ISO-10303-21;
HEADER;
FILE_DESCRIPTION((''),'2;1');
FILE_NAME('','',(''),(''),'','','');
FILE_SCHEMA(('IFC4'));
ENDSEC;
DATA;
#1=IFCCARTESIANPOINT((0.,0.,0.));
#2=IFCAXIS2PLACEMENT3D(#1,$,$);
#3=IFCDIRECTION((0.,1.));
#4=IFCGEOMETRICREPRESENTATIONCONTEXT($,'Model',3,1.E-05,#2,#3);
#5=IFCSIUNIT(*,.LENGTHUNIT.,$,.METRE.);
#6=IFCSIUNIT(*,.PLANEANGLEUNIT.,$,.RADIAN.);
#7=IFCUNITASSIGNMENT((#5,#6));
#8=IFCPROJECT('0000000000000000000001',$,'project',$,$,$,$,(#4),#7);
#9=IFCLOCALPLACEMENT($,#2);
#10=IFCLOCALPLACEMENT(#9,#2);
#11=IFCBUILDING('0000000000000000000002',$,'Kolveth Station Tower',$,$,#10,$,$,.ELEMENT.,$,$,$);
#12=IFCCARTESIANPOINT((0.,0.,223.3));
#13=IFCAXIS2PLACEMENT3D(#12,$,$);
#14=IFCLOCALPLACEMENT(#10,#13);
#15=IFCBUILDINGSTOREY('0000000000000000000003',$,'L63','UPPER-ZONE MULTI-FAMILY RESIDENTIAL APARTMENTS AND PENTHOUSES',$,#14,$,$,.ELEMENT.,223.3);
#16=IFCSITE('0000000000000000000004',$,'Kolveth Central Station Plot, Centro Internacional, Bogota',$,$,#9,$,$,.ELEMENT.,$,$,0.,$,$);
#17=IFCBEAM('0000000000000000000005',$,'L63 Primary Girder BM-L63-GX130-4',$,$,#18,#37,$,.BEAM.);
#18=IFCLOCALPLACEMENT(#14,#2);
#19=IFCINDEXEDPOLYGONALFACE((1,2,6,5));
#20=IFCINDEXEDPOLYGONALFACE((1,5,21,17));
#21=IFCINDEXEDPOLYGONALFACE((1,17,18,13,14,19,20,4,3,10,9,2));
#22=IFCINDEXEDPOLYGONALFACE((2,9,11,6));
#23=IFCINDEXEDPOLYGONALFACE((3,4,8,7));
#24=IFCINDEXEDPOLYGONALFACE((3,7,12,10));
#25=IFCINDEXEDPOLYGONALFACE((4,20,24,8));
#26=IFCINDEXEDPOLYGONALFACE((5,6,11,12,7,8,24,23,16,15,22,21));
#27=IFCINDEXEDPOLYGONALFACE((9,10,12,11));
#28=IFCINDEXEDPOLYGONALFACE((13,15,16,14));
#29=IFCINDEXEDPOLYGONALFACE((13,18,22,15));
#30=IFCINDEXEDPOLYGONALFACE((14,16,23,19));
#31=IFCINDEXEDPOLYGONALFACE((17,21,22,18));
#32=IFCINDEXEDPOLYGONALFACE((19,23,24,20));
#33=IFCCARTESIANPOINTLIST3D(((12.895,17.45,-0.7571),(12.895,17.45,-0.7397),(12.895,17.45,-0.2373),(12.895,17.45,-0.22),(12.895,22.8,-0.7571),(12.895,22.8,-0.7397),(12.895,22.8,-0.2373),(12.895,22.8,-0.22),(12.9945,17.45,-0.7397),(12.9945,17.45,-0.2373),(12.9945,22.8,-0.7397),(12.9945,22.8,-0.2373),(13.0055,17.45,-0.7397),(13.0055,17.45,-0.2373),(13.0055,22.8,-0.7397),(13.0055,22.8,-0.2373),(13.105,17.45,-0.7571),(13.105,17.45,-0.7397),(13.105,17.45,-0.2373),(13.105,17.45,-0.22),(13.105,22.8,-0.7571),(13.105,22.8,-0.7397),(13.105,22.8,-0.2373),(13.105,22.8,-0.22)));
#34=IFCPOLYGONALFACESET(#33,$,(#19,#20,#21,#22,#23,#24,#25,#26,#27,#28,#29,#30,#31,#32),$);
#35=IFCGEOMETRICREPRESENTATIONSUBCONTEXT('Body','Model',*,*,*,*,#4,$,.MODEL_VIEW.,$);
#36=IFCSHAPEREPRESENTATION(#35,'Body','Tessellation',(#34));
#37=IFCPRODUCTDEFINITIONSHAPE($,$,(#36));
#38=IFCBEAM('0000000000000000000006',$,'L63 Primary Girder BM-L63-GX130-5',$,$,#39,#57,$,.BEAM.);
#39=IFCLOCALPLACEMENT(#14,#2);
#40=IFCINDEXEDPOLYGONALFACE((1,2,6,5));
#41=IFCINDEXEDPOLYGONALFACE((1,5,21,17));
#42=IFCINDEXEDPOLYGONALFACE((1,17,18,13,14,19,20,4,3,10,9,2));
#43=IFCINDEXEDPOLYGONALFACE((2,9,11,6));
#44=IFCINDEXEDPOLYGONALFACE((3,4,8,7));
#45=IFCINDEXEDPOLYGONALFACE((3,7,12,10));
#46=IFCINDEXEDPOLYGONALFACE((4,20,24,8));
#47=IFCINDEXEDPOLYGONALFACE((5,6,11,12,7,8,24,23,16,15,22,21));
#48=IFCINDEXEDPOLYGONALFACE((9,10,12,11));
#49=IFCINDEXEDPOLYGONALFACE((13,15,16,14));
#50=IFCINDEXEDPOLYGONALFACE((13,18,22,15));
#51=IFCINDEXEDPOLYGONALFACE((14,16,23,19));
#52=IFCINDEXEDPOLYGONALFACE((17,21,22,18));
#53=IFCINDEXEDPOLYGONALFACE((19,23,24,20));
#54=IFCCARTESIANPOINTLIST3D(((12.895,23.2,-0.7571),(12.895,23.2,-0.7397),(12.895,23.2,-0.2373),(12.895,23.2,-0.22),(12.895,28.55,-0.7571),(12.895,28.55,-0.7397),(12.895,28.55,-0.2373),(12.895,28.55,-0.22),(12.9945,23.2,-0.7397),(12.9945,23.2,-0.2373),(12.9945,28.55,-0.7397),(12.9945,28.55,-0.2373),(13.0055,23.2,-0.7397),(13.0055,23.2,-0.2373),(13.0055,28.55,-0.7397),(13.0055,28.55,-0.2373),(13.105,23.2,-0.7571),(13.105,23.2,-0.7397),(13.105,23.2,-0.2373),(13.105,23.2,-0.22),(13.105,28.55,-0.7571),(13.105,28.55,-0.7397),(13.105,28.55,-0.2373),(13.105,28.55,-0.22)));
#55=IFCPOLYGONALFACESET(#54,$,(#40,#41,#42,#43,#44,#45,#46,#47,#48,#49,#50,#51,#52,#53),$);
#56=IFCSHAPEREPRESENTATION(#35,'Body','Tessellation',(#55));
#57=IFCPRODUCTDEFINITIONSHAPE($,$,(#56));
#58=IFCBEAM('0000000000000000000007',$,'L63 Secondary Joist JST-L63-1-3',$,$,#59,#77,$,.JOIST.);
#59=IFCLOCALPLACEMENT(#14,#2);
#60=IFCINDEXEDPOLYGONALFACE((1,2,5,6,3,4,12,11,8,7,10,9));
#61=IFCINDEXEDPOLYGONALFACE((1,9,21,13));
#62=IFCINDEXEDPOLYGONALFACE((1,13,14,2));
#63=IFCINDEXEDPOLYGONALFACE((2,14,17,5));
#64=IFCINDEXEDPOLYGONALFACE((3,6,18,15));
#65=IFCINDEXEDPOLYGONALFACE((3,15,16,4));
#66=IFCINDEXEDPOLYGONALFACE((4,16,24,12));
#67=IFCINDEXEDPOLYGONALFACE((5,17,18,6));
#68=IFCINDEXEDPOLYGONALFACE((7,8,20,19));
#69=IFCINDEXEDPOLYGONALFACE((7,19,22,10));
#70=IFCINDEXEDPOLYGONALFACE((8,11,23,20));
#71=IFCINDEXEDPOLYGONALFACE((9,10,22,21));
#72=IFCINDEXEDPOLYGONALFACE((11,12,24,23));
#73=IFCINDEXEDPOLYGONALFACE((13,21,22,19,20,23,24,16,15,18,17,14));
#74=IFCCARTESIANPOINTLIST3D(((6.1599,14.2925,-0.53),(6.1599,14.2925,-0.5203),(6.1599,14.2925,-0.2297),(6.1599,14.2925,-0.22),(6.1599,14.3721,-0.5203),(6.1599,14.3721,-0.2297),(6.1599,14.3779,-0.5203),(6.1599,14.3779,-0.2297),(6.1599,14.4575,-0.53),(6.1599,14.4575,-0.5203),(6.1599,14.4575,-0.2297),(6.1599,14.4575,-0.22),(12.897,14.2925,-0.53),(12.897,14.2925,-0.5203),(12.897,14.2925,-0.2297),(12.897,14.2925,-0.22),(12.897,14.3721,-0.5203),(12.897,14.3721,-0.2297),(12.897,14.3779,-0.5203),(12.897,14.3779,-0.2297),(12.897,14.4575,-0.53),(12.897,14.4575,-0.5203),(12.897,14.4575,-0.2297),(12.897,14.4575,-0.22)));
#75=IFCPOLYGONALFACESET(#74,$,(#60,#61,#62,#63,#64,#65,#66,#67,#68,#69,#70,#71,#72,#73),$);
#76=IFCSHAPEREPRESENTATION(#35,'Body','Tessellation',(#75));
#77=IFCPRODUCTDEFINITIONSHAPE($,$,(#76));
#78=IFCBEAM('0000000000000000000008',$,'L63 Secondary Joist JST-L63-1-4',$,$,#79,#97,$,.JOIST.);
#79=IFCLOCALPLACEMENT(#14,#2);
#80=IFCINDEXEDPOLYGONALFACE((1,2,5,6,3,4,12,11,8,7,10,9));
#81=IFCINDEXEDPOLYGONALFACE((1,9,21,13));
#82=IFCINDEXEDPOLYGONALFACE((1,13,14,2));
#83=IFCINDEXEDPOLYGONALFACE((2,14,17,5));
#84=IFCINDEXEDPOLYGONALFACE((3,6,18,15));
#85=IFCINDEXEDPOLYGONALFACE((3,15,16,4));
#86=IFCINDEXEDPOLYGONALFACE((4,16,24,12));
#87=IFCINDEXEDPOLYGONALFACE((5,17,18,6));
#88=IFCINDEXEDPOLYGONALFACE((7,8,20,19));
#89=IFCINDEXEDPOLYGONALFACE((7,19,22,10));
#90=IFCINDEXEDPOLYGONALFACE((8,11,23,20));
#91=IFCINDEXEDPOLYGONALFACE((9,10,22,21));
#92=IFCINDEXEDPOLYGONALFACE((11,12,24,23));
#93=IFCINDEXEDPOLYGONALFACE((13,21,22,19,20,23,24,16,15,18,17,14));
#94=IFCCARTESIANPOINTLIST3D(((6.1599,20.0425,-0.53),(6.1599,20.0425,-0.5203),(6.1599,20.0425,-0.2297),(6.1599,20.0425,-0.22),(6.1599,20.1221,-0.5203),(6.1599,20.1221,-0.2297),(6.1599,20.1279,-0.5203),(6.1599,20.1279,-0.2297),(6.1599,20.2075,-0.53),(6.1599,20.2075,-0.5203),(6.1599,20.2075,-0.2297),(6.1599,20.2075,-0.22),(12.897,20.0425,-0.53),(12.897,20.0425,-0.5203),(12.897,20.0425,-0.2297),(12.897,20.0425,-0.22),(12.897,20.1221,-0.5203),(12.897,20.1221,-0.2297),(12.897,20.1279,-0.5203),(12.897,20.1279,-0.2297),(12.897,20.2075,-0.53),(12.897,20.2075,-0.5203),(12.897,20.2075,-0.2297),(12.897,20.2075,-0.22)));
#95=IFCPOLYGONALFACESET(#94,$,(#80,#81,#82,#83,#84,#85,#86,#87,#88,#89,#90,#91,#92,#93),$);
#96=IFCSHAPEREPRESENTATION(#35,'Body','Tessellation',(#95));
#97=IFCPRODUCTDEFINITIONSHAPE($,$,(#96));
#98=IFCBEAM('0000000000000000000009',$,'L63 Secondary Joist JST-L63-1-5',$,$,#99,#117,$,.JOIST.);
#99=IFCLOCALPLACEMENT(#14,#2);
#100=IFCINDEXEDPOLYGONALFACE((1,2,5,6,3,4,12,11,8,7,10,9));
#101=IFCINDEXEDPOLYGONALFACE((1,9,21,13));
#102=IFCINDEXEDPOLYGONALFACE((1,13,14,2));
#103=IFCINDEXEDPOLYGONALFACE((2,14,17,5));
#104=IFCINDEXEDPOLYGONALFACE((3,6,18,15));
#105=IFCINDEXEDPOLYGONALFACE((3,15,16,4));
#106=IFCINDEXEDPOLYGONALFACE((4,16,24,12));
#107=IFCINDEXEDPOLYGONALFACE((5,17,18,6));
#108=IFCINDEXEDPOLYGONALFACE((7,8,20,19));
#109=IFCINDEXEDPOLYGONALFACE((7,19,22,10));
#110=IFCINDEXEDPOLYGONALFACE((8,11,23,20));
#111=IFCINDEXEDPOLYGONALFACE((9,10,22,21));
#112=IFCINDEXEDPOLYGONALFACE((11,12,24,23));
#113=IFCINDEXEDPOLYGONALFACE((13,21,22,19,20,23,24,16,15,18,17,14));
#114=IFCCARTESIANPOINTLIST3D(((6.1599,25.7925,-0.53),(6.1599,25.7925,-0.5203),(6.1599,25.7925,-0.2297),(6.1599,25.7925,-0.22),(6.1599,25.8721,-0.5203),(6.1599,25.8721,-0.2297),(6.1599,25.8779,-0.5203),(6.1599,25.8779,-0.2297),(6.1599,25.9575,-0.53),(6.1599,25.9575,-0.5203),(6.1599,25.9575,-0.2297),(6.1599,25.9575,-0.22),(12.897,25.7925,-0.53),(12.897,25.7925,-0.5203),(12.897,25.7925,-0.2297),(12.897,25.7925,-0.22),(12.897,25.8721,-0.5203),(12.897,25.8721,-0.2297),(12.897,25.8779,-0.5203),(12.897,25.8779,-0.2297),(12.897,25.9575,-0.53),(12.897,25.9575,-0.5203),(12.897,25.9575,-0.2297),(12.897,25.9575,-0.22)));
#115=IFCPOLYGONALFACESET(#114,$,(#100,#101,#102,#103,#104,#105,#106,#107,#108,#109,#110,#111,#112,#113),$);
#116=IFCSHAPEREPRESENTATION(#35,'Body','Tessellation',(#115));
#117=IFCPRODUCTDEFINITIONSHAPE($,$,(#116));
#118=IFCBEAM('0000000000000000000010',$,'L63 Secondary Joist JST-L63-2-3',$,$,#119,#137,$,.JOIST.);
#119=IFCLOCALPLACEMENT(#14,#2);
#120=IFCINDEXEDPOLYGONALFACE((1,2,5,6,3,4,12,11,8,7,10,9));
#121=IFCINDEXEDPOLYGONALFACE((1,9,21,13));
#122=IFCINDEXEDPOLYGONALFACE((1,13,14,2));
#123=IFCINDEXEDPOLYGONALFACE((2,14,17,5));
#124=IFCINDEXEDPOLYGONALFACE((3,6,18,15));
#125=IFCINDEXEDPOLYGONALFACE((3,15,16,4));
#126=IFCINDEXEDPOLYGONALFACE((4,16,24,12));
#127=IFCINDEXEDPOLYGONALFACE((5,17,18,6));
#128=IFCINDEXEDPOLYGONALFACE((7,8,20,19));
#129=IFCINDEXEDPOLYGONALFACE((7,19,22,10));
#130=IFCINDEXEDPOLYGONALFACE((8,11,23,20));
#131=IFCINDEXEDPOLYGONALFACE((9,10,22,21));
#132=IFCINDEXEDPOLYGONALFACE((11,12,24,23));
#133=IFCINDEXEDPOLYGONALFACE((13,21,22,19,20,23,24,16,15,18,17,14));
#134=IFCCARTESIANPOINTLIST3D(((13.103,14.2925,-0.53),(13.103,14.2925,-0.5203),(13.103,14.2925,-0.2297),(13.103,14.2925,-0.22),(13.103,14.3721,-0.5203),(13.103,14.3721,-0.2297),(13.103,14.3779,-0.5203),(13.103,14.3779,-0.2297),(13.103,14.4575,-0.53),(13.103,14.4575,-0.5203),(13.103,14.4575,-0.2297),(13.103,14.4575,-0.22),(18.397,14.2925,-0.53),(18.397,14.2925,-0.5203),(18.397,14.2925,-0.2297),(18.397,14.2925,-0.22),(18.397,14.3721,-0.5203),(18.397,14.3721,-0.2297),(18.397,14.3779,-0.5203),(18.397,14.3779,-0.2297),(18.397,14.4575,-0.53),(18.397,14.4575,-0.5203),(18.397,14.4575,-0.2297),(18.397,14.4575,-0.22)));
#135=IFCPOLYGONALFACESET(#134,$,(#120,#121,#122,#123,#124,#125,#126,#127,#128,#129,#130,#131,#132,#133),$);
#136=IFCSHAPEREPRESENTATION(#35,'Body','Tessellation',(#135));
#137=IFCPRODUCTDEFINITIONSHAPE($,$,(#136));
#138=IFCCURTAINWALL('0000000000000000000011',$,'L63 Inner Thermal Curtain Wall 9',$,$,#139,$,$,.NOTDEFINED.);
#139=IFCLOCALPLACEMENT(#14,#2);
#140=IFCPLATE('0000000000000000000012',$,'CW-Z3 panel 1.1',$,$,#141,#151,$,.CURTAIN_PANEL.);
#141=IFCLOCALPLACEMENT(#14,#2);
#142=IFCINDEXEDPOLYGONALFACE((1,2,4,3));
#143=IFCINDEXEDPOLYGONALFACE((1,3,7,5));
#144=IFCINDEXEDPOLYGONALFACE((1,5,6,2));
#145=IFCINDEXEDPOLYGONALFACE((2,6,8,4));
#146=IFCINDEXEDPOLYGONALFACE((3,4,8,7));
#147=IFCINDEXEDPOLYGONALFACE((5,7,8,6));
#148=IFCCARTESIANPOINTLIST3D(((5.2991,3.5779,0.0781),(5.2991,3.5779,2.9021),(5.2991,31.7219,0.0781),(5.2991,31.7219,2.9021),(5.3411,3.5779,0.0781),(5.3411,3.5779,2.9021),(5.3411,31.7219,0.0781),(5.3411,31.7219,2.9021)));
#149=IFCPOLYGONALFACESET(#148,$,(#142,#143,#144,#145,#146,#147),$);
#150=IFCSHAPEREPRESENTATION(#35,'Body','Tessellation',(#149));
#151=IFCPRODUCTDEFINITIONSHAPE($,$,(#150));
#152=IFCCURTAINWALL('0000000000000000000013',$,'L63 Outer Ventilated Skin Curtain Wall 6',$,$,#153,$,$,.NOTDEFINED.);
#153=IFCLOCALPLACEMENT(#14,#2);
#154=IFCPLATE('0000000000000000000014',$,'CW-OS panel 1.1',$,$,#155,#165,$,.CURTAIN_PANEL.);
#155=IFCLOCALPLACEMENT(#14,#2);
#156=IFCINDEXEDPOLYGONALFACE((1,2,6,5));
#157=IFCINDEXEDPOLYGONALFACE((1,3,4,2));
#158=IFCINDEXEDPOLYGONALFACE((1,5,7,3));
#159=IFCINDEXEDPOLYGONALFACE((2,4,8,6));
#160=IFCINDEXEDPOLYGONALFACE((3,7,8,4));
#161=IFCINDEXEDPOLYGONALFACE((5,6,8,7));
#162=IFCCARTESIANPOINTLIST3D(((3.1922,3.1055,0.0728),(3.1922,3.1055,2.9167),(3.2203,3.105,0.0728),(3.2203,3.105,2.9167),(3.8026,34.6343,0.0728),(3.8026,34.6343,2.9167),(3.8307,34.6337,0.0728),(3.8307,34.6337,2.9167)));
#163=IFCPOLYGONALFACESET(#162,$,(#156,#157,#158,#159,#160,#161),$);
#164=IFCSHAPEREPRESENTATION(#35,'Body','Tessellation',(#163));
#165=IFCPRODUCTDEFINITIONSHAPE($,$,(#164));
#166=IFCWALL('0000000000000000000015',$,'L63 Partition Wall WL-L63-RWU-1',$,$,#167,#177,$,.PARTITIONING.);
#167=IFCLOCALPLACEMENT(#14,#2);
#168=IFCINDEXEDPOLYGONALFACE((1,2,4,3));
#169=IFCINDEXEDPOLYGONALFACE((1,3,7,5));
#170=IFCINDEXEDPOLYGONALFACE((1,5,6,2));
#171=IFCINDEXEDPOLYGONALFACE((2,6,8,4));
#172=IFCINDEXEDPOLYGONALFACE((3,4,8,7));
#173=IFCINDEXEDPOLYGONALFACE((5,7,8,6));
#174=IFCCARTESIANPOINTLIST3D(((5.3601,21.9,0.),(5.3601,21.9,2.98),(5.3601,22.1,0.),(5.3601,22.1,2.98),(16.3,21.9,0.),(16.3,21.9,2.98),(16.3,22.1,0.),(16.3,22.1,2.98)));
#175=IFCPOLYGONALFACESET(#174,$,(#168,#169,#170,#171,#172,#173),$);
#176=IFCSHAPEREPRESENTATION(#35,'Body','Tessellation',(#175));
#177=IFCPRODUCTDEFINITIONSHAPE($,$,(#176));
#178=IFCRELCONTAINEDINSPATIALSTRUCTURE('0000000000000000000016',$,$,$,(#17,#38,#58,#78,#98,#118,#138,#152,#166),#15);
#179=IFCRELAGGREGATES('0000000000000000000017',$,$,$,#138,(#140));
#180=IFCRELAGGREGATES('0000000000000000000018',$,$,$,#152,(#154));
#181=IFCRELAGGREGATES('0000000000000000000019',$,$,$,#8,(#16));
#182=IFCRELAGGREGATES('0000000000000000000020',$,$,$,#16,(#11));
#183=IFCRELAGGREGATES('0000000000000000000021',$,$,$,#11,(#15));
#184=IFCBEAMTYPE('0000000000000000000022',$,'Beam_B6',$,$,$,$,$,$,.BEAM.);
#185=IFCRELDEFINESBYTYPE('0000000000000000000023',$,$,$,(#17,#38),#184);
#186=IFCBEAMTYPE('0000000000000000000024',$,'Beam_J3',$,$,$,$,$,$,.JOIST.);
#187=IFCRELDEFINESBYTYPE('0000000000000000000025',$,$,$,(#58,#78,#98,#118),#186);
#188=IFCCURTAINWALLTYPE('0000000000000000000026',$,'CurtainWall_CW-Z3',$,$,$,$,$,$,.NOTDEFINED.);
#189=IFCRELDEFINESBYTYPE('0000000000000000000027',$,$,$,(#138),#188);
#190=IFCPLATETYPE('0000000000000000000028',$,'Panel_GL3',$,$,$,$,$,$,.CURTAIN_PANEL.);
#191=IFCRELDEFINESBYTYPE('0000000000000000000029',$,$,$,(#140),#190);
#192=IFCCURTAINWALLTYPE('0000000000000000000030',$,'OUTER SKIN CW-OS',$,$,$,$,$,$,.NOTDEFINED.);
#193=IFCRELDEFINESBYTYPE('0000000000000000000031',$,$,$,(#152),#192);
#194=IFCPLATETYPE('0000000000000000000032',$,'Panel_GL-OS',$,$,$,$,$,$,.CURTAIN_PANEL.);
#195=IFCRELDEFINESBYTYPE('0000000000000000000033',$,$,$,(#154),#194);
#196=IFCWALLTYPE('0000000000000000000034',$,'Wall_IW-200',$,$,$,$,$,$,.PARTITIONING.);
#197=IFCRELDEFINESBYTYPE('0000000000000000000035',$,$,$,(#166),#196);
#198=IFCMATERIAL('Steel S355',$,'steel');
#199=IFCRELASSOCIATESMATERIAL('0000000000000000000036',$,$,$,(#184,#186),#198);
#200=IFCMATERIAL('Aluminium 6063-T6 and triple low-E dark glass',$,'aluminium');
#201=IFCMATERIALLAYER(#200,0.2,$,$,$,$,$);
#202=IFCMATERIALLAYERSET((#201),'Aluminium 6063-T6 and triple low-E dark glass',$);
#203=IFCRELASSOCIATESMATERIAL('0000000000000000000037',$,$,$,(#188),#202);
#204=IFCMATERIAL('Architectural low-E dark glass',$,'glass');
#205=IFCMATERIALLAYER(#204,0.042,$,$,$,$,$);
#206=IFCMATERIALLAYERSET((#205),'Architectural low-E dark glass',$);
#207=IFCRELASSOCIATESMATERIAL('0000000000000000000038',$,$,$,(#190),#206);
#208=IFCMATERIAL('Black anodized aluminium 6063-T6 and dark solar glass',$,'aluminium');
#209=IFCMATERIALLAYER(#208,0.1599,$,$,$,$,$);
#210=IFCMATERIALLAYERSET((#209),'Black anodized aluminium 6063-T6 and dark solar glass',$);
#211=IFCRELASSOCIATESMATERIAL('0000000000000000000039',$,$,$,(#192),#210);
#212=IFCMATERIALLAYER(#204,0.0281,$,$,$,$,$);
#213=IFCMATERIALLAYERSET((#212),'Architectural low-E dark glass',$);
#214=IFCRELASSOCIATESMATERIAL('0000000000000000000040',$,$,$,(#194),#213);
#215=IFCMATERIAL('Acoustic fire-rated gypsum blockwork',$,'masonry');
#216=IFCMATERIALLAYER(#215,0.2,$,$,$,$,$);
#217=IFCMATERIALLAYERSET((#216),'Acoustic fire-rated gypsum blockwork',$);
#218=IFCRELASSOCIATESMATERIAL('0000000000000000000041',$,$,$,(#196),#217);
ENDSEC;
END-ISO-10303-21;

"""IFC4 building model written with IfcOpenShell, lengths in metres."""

from ifc_helpers import new_model, si_unit, direction, frame, frame_2d, origin, origin_2d, place, context, subcontext, project, spatial, rectangle, i_section, extrude, source, transform, mapped, material, layer, layer_set, material_profile, profile_set, type_object, element, aggregate, save


model = new_model("IFC4")

# Units and contexts
model_context = context("Model", 3, precision=1e-05, world=origin(), true_north=direction((0.0, 1.0)))
body_context = subcontext(model_context, "Body", "Model", "MODEL_VIEW")
ifc_project = project(units=[si_unit("LENGTHUNIT", "METRE"), si_unit("PLANEANGLEUNIT", "RADIAN")], contexts=[model_context])

# Site, building, storey
site_placement = place(None, origin())
site = spatial("IfcSite", under=ifc_project, at=site_placement, Name="Kolveth Central Station Plot, Centro Internacional, Bogota", CompositionType="ELEMENT", RefElevation=0.0)
building_placement = place(site_placement, origin())
building = spatial("IfcBuilding", under=site, at=building_placement, Name="Kolveth Station Tower", CompositionType="ELEMENT")
storey_placement = place(building_placement, frame((0.0, 0.0, 223.3)))
storey = spatial("IfcBuildingStorey", under=building, at=storey_placement, Name="L63", Description="UPPER-ZONE MULTI-FAMILY RESIDENTIAL APARTMENTS AND PENTHOUSES", CompositionType="ELEMENT", Elevation=223.3)

# Shared definitions
ifc_material_1 = material(Name="Steel S355", Category="steel")

# Beams
ifc_material_profile_1 = material_profile(ifc_material_1, i_section(OverallWidth=0.21, OverallDepth=0.5371, WebThickness=0.011, FlangeThickness=0.0173, at=origin_2d()), Name="W530x101")
ifc_profile_set_1 = profile_set([ifc_material_profile_1], Name="Steel S355")
beam_type_1 = type_object("IfcBeamType", Name="Beam_B6", PredefinedType="BEAM", material=ifc_profile_set_1)
shared_shape_1 = source(origin(), body_context, "Body", "SweptSolid", [
    extrude(i_section(OverallWidth=0.21, OverallDepth=0.5371, WebThickness=0.011, FlangeThickness=0.0173, at=origin_2d()), origin(), (0.0, 0.0, 1.0), 5.3501),
])
for number, where, z_axis, x_axis, name in (
    (1, (13.0, 17.45, -0.4885), (0.0, 1.0, 0.0), (-1.0, 0.0, 0.0), "L63 Primary Girder BM-L63-GX130-4"),
    (2, (13.0, 23.2, -0.4885), (0.0, 1.0, 0.0), (-1.0, 0.0, 0.0), "L63 Primary Girder BM-L63-GX130-5"),
):
    element("IfcBeam", number, at=place(storey_placement, frame(where, z_axis=z_axis, x_axis=x_axis)), inside=storey, type_object=beam_type_1, Name=name, PredefinedType="BEAM", context=body_context, shape_type="MappedRepresentation", body=[
        mapped(shared_shape_1, transform((0.0, 0.0, 0.0), x_axis=(1.0, 0.0, 0.0), y_axis=(0.0, 1.0, 0.0), z_axis=(0.0, 0.0, 1.0), scale=1.0)),
    ])
ifc_material_profile_2 = material_profile(ifc_material_1, i_section(OverallWidth=0.165, OverallDepth=0.3101, WebThickness=0.0059, FlangeThickness=0.0098, at=origin_2d()), Name="W310x39")
ifc_profile_set_2 = profile_set([ifc_material_profile_2], Name="Steel S355")
beam_type_2 = type_object("IfcBeamType", Name="Beam_J3", PredefinedType="JOIST", material=ifc_profile_set_2)
shared_shape_2 = source(origin(), body_context, "Body", "SweptSolid", [
    extrude(i_section(OverallWidth=0.165, OverallDepth=0.3101, WebThickness=0.0059, FlangeThickness=0.0098, at=origin_2d()), origin(), (0.0, 0.0, 1.0), 6.7371),
])
for number, where, z_axis, x_axis, name in (
    (3, (6.1599, 14.375, -0.375), (1.0, 0.0, 0.0), (0.0, 1.0, 0.0), "L63 Secondary Joist JST-L63-1-3"),
    (4, (6.1599, 20.125, -0.375), (1.0, 0.0, 0.0), (0.0, 1.0, 0.0), "L63 Secondary Joist JST-L63-1-4"),
    (5, (6.1599, 25.875, -0.375), (1.0, 0.0, 0.0), (0.0, 1.0, 0.0), "L63 Secondary Joist JST-L63-1-5"),
):
    element("IfcBeam", number, at=place(storey_placement, frame(where, z_axis=z_axis, x_axis=x_axis)), inside=storey, type_object=beam_type_2, Name=name, PredefinedType="JOIST", context=body_context, shape_type="MappedRepresentation", body=[
        mapped(shared_shape_2, transform((0.0, 0.0, 0.0), x_axis=(1.0, 0.0, 0.0), y_axis=(0.0, 1.0, 0.0), z_axis=(0.0, 0.0, 1.0), scale=1.0)),
    ])
shared_shape_3 = source(origin(), body_context, "Body", "SweptSolid", [
    extrude(i_section(OverallWidth=0.165, OverallDepth=0.3101, WebThickness=0.0059, FlangeThickness=0.0098, at=origin_2d()), origin(), (0.0, 0.0, 1.0), 5.2939),
])
beam_placement = place(storey_placement, frame((13.103, 14.375, -0.375), z_axis=(1.0, 0.0, 0.0), x_axis=(0.0, 1.0, 0.0)))
element("IfcBeam", 6, at=beam_placement, inside=storey, type_object=beam_type_2, Name="L63 Secondary Joist JST-L63-2-3", PredefinedType="JOIST", context=body_context, shape_type="MappedRepresentation", body=[
    mapped(shared_shape_3, transform((0.0, 0.0, 0.0), x_axis=(1.0, 0.0, 0.0), y_axis=(0.0, 1.0, 0.0), z_axis=(0.0, 0.0, 1.0), scale=1.0)),
])

# Curtain walls, plates
ifc_material_2 = material(Name="Aluminium 6063-T6 and triple low-E dark glass", Category="aluminium")
ifc_layer_1 = layer(ifc_material_2, 0.2)
ifc_layer_set_1 = layer_set([ifc_layer_1], Name="Aluminium 6063-T6 and triple low-E dark glass")
curtain_wall_type_1 = type_object("IfcCurtainWallType", Name="CurtainWall_CW-Z3", PredefinedType="NOTDEFINED", material=ifc_layer_set_1)
curtain_wall_1_placement = place(storey_placement, origin())
curtain_wall_1 = element("IfcCurtainWall", 7, at=curtain_wall_1_placement, inside=storey, type_object=curtain_wall_type_1, Name="L63 Inner Thermal Curtain Wall 9", PredefinedType="NOTDEFINED")
ifc_material_3 = material(Name="Architectural low-E dark glass", Category="glass")
ifc_layer_2 = layer(ifc_material_3, 0.042)
ifc_layer_set_2 = layer_set([ifc_layer_2], Name="Architectural low-E dark glass")
plate_type_1 = type_object("IfcPlateType", Name="Panel_GL3", PredefinedType="CURTAIN_PANEL", material=ifc_layer_set_2)
shared_shape_4 = source(origin(), body_context, "Body", "SweptSolid", [
    extrude(rectangle(XDim=28.144, YDim=0.042, at=origin_2d()), origin(), (0.0, 0.0, 1.0), 2.824),
])
plate_1_placement = place(storey_placement, frame((5.3201, 17.6499, 0.0781), z_axis=(0.0, 0.0, 1.0), x_axis=(0.0, -1.0, 0.0)))
plate_1 = element("IfcPlate", 8, at=plate_1_placement, type_object=plate_type_1, Name="CW-Z3 panel 1.1", PredefinedType="CURTAIN_PANEL", context=body_context, shape_type="MappedRepresentation", body=[
    mapped(shared_shape_4, transform((0.0, 0.0, 0.0), x_axis=(1.0, 0.0, 0.0), y_axis=(0.0, 1.0, 0.0), z_axis=(0.0, 0.0, 1.0), scale=1.0)),
])
aggregate(curtain_wall_1, [plate_1])
ifc_material_4 = material(Name="Black anodized aluminium 6063-T6 and dark solar glass", Category="aluminium")
ifc_layer_3 = layer(ifc_material_4, 0.1599)
ifc_layer_set_3 = layer_set([ifc_layer_3], Name="Black anodized aluminium 6063-T6 and dark solar glass")
curtain_wall_type_2 = type_object("IfcCurtainWallType", Name="OUTER SKIN CW-OS", PredefinedType="NOTDEFINED", material=ifc_layer_set_3)
curtain_wall_2_placement = place(storey_placement, origin())
curtain_wall_2 = element("IfcCurtainWall", 9, at=curtain_wall_2_placement, inside=storey, type_object=curtain_wall_type_2, Name="L63 Outer Ventilated Skin Curtain Wall 6", PredefinedType="NOTDEFINED")
ifc_layer_4 = layer(ifc_material_3, 0.0281)
ifc_layer_set_4 = layer_set([ifc_layer_4], Name="Architectural low-E dark glass")
plate_type_2 = type_object("IfcPlateType", Name="Panel_GL-OS", PredefinedType="CURTAIN_PANEL", material=ifc_layer_set_4)
shared_shape_5 = source(origin(), body_context, "Body", "SweptSolid", [
    extrude(rectangle(XDim=31.5347, YDim=0.0281, at=origin_2d()), origin(), (0.0, 0.0, 1.0), 2.844),
])
plate_2_placement = place(storey_placement, frame((3.5115, 18.8696, 0.0728), z_axis=(0.0, 0.0, 1.0), x_axis=(-0.019356, -0.999813, 0.0)))
plate_2 = element("IfcPlate", 10, at=plate_2_placement, type_object=plate_type_2, Name="CW-OS panel 1.1", PredefinedType="CURTAIN_PANEL", context=body_context, shape_type="MappedRepresentation", body=[
    mapped(shared_shape_5, transform((0.0, 0.0, 0.0), x_axis=(1.0, 0.0, 0.0), y_axis=(0.0, 1.0, 0.0), z_axis=(0.0, 0.0, 1.0), scale=1.0)),
])
aggregate(curtain_wall_2, [plate_2])

# Wall
ifc_material_5 = material(Name="Acoustic fire-rated gypsum blockwork", Category="masonry")
ifc_layer_5 = layer(ifc_material_5, 0.2)
ifc_layer_set_5 = layer_set([ifc_layer_5], Name="Acoustic fire-rated gypsum blockwork")
wall_type = type_object("IfcWallType", Name="Wall_IW-200", PredefinedType="PARTITIONING", material=ifc_layer_set_5)
wall_placement = place(storey_placement, frame((5.3601, 22.0, 0.0), z_axis=(0.0, 0.0, 1.0), x_axis=(1.0, 0.0, 0.0)))
element("IfcWall", 11, at=wall_placement, inside=storey, type_object=wall_type, Name="L63 Partition Wall WL-L63-RWU-1", PredefinedType="PARTITIONING", context=body_context, shape_type="SweptSolid", body=[
    extrude(rectangle(XDim=10.9399, YDim=0.2, at=frame_2d((5.47, 0.0))), origin(), (0.0, 0.0, 1.0), 2.98),
])

save(model, "model.ifc")
